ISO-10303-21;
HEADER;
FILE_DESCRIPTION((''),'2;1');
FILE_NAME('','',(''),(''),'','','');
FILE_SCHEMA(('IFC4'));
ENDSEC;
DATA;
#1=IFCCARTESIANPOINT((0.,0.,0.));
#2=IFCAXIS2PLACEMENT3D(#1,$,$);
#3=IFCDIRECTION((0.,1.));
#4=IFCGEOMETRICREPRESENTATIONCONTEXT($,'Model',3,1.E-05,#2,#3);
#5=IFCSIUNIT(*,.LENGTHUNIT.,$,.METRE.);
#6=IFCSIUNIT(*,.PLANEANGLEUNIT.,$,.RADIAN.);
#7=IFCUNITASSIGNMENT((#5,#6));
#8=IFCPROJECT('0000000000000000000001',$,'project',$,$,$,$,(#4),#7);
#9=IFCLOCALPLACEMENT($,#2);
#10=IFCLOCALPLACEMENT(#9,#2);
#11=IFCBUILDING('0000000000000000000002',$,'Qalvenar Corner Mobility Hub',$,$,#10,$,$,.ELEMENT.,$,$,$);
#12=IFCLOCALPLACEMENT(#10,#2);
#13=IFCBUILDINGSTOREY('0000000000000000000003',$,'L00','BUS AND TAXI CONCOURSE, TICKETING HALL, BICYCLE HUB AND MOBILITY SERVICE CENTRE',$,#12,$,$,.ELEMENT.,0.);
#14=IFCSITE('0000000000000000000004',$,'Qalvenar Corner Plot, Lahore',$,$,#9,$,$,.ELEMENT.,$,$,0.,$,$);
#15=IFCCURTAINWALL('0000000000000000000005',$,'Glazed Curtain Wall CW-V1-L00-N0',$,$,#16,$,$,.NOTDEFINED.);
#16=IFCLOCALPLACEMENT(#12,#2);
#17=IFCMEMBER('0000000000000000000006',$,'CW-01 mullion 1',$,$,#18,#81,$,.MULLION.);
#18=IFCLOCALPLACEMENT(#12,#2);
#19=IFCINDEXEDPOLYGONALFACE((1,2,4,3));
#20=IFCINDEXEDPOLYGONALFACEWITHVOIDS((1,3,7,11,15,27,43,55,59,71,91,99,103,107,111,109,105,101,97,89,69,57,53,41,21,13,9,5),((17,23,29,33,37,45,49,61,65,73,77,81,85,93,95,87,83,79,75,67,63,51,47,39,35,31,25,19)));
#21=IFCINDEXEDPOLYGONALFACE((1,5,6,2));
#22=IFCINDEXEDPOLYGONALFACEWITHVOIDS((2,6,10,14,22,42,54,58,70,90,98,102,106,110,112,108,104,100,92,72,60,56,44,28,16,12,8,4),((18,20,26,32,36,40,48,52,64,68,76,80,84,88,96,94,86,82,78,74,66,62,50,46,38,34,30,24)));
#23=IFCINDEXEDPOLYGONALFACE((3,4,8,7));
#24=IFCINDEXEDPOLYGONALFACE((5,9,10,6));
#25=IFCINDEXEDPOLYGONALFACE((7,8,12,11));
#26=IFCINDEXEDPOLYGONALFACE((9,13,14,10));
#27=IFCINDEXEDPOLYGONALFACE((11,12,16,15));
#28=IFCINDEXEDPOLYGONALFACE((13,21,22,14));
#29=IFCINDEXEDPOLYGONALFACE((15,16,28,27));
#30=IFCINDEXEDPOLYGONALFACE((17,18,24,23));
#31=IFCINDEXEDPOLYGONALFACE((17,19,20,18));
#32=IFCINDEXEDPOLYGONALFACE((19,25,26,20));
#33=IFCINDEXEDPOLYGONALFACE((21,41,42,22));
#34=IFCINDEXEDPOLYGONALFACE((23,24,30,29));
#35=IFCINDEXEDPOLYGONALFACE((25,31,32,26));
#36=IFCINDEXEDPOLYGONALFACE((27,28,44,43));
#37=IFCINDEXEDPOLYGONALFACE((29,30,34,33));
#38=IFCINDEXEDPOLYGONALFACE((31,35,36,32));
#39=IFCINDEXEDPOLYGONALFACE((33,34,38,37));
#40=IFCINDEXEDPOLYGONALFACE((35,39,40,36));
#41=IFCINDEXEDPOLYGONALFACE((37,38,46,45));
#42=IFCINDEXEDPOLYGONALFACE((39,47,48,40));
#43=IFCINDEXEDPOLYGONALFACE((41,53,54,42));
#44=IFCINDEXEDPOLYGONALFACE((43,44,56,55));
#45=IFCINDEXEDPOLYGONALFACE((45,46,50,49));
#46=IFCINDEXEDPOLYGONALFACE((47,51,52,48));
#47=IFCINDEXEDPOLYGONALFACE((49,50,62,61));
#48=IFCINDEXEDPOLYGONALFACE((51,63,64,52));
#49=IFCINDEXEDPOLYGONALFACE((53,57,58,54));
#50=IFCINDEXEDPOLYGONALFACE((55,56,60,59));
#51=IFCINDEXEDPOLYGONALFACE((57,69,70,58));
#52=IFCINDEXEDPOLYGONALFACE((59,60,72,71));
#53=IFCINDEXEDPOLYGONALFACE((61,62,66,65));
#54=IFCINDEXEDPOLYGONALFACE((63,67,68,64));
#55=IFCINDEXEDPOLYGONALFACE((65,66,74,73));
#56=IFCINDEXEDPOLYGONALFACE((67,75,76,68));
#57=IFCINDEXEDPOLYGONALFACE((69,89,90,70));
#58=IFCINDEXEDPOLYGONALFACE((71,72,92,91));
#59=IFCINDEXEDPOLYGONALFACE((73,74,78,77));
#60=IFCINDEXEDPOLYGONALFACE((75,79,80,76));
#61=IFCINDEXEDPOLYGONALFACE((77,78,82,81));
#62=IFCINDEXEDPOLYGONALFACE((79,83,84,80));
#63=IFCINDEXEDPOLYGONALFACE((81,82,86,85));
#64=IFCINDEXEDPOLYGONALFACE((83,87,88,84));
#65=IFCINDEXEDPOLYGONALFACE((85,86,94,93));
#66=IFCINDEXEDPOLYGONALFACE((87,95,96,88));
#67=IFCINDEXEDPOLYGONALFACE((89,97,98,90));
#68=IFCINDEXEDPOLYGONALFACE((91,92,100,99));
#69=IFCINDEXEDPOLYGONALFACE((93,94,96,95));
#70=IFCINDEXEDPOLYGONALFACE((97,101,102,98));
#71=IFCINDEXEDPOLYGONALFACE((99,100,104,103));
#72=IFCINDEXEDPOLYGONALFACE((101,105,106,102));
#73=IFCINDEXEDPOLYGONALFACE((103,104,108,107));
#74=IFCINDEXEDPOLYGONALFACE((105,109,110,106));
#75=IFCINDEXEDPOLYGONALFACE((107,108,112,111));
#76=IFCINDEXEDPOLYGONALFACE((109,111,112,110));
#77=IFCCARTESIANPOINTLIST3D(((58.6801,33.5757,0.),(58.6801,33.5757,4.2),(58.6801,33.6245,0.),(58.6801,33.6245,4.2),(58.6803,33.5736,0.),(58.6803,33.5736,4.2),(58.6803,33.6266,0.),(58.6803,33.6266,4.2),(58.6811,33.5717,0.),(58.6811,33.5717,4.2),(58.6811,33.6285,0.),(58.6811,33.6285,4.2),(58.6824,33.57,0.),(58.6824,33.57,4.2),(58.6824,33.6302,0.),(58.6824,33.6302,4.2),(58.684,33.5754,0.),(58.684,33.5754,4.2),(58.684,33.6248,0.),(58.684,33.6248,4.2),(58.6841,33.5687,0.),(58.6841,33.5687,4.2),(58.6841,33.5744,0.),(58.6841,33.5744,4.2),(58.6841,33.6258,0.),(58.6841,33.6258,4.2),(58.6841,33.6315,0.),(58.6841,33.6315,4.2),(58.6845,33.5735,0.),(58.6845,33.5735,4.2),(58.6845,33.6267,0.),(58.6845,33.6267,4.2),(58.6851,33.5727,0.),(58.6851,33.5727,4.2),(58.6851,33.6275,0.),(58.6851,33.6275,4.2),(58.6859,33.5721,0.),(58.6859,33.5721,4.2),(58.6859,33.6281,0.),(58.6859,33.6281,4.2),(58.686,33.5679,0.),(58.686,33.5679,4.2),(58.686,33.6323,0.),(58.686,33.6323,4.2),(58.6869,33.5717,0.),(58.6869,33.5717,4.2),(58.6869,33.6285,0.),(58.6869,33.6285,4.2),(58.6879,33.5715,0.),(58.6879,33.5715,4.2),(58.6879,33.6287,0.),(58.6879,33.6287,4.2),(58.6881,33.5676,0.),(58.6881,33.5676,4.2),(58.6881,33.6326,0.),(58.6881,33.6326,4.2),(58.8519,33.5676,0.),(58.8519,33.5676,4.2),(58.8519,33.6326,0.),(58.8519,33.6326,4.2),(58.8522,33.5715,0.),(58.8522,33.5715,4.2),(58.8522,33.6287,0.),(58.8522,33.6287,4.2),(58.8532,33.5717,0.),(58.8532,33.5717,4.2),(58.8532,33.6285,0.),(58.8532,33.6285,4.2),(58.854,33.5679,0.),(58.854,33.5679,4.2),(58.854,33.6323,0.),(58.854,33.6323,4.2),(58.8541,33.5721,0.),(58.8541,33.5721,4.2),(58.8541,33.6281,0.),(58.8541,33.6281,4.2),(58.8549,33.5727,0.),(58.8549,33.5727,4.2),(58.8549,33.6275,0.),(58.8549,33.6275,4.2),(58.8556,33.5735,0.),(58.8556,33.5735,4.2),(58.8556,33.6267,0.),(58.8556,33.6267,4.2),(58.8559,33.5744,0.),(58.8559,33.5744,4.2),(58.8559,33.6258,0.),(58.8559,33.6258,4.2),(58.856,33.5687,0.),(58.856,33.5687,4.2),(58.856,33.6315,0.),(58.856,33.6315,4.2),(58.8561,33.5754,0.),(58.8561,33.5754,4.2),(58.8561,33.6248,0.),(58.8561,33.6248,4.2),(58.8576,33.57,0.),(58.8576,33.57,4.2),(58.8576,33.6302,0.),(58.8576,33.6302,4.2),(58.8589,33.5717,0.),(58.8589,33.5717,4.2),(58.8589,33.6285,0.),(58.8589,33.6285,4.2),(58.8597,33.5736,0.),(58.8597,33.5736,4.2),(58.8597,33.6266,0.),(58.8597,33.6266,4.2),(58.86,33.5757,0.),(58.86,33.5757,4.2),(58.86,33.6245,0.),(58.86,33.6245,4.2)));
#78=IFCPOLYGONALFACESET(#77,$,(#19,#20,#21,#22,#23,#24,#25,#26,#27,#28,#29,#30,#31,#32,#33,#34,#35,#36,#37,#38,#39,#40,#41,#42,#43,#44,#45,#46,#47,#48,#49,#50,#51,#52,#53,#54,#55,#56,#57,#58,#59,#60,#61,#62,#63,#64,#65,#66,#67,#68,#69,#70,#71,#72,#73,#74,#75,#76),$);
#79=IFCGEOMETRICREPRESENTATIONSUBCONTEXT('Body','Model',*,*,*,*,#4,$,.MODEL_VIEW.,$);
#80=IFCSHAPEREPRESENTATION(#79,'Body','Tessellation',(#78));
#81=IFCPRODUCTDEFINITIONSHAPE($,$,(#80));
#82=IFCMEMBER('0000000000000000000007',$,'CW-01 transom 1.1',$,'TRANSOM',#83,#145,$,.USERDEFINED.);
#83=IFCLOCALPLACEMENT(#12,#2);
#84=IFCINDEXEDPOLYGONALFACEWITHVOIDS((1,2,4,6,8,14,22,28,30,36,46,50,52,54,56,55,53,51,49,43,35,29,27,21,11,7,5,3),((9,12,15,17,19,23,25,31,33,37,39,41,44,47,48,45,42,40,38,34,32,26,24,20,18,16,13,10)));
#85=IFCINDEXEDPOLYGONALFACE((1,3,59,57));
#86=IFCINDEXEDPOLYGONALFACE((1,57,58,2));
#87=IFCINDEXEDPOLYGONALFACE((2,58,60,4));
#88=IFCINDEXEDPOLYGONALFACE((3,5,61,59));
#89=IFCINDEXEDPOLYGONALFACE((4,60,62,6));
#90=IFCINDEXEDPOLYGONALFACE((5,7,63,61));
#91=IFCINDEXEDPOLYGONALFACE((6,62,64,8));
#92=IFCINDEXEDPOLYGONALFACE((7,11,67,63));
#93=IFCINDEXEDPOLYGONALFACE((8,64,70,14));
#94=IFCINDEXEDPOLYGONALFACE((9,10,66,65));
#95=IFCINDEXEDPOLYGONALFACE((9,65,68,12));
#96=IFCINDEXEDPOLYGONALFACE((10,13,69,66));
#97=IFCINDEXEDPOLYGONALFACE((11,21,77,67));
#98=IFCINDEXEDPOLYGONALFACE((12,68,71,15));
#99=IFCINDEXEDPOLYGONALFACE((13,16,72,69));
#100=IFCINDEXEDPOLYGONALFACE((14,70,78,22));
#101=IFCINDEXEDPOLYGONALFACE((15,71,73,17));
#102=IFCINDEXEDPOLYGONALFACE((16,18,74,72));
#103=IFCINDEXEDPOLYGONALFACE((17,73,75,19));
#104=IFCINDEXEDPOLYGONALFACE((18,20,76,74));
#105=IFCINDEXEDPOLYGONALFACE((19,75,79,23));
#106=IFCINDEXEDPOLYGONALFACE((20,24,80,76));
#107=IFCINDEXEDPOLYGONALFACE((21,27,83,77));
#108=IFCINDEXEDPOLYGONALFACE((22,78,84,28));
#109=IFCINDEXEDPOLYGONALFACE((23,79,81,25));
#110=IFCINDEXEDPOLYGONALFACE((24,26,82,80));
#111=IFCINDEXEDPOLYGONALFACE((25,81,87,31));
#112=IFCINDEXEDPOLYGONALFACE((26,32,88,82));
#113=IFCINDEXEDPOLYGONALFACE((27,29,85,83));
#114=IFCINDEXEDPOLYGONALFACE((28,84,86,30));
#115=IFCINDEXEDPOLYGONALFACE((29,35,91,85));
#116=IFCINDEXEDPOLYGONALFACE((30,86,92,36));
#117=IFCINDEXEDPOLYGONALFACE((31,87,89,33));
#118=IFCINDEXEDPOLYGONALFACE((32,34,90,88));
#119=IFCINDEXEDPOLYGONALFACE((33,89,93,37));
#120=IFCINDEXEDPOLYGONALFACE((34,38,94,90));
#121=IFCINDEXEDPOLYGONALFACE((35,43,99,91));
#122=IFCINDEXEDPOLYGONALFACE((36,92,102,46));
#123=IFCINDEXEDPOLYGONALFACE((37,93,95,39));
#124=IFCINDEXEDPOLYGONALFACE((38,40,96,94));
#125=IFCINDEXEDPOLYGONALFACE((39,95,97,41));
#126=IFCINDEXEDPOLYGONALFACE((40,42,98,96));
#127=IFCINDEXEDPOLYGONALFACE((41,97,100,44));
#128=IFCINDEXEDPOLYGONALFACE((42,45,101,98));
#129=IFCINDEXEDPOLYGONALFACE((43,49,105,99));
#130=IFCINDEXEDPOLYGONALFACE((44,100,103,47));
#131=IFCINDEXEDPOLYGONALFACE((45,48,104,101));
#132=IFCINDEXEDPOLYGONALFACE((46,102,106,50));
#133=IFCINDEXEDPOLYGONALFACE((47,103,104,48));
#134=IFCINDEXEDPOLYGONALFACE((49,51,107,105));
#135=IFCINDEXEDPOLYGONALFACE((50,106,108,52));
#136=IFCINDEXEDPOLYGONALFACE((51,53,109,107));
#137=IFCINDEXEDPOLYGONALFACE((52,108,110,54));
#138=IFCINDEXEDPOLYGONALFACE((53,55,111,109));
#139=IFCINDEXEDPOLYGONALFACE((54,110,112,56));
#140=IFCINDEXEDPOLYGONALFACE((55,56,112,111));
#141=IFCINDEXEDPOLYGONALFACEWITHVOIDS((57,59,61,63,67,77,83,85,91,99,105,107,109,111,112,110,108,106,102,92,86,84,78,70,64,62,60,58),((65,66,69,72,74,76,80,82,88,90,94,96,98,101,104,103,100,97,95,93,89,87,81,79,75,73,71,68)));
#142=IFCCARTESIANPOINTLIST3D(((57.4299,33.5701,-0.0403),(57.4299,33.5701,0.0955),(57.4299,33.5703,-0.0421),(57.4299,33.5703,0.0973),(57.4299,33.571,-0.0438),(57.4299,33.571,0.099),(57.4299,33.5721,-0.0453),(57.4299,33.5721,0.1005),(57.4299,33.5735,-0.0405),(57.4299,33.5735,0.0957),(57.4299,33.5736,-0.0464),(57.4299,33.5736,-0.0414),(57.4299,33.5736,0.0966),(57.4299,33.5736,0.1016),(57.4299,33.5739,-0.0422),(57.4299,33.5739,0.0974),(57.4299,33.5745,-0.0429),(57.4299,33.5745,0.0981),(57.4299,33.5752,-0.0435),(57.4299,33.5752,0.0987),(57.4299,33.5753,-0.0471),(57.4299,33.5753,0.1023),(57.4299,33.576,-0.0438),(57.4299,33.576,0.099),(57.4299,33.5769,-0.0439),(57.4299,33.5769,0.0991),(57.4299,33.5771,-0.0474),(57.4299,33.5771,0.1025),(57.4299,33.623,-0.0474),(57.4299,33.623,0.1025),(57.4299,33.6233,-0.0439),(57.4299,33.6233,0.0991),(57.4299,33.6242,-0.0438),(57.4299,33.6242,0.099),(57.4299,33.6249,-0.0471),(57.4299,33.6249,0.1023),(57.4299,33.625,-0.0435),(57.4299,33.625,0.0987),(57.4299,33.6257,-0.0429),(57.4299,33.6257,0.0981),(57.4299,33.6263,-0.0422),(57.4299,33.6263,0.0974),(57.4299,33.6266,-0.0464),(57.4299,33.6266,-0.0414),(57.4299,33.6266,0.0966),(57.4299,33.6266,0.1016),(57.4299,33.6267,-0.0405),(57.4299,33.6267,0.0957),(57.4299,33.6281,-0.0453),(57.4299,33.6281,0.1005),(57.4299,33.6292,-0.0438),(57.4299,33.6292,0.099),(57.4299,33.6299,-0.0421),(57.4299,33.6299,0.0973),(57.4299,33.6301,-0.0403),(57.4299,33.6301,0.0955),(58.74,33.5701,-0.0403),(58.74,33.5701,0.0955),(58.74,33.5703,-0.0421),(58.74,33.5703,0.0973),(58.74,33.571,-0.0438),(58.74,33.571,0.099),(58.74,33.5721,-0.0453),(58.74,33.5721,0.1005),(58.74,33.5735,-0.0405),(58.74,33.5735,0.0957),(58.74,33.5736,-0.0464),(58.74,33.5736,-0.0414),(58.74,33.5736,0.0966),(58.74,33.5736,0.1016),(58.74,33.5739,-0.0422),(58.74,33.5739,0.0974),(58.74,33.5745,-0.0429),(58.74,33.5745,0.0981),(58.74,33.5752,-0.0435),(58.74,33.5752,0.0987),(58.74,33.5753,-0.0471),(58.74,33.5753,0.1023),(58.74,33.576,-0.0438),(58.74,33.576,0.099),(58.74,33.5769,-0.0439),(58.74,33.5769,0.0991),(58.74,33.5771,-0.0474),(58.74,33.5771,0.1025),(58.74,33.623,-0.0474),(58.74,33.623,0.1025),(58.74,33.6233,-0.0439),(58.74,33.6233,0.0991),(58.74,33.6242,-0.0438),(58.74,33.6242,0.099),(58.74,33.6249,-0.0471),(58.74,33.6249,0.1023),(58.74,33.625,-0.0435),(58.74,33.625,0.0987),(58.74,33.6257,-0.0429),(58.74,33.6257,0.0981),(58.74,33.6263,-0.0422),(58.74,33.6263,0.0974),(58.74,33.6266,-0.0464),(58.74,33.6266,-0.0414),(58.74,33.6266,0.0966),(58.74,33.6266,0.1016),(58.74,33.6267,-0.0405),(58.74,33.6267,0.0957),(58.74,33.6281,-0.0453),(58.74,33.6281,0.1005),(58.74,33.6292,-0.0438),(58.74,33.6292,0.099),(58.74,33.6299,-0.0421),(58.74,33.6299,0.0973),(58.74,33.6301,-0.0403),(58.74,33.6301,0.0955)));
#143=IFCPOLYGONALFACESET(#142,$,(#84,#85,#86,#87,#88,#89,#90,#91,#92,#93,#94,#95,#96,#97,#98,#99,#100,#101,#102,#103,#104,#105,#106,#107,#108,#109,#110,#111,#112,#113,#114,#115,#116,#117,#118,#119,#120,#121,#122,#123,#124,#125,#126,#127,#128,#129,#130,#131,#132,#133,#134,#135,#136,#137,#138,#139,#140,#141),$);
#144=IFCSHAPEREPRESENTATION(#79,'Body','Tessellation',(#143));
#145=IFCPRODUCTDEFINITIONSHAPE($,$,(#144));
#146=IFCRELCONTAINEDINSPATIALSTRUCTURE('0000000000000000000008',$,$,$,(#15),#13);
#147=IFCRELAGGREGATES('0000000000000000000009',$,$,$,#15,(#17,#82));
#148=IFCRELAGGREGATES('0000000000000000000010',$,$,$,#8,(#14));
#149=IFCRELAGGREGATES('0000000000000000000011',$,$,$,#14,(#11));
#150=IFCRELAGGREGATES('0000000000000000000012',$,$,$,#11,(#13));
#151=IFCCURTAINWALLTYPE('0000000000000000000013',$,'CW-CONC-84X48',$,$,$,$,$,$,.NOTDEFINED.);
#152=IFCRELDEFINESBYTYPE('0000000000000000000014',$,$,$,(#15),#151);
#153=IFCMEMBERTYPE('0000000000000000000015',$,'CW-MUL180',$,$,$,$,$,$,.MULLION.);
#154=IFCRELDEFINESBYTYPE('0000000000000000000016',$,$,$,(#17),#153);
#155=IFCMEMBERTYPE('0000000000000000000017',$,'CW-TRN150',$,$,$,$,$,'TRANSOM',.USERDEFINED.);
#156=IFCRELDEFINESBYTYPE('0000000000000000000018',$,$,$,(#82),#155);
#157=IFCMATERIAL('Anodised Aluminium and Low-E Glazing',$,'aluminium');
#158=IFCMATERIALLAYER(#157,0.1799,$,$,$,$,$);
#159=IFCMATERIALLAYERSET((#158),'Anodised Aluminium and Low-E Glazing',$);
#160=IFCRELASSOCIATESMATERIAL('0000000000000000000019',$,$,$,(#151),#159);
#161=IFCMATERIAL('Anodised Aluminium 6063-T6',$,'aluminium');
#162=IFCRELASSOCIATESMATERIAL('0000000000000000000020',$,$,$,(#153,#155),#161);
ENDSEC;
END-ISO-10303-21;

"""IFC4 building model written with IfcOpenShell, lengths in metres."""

from ifc_helpers import new_model, si_unit, direction, frame, origin, origin_2d, place, context, subcontext, project, spatial, hollow_rectangle, extrude, material, layer, layer_set, material_profile, profile_set, type_object, element, aggregate, save


model = new_model("IFC4")

# Units and contexts
model_context = context("Model", 3, precision=1e-05, world=origin(), true_north=direction((0.0, 1.0)))
body_context = subcontext(model_context, "Body", "Model", "MODEL_VIEW")
ifc_project = project(units=[si_unit("LENGTHUNIT", "METRE"), si_unit("PLANEANGLEUNIT", "RADIAN")], contexts=[model_context])

# Site, building, storey
site_placement = place(None, origin())
site = spatial("IfcSite", under=ifc_project, at=site_placement, Name="Qalvenar Corner Plot, Lahore", CompositionType="ELEMENT", RefElevation=0.0)
building_placement = place(site_placement, origin())
building = spatial("IfcBuilding", under=site, at=building_placement, Name="Qalvenar Corner Mobility Hub", CompositionType="ELEMENT")
storey_placement = place(building_placement, origin())
storey = spatial("IfcBuildingStorey", under=building, at=storey_placement, Name="L00", Description="BUS AND TAXI CONCOURSE, TICKETING HALL, BICYCLE HUB AND MOBILITY SERVICE CENTRE", CompositionType="ELEMENT", Elevation=0.0)

# Curtain wall, members
ifc_material_1 = material(Name="Anodised Aluminium and Low-E Glazing", Category="aluminium")
ifc_layer_1 = layer(ifc_material_1, 0.1799)
ifc_layer_set_1 = layer_set([ifc_layer_1], Name="Anodised Aluminium and Low-E Glazing")
curtain_wall_type = type_object("IfcCurtainWallType", Name="CW-CONC-84X48", PredefinedType="NOTDEFINED", material=ifc_layer_set_1)
curtain_wall_placement = place(storey_placement, origin())
curtain_wall = element("IfcCurtainWall", 1, at=curtain_wall_placement, inside=storey, type_object=curtain_wall_type, Name="Glazed Curtain Wall CW-V1-L00-N0", PredefinedType="NOTDEFINED")
ifc_material_2 = material(Name="Anodised Aluminium 6063-T6", Category="aluminium")
ifc_material_profile_1 = material_profile(ifc_material_2, hollow_rectangle(XDim=0.0649, YDim=0.1799, WallThickness=0.0039, InnerFilletRadius=0.0039, OuterFilletRadius=0.0081, at=origin_2d()), Name="RHS180x65x4")
ifc_profile_set_1 = profile_set([ifc_material_profile_1], Name="Anodised Aluminium 6063-T6")
member_type_1 = type_object("IfcMemberType", Name="CW-MUL180", PredefinedType="MULLION", material=ifc_profile_set_1)
member_1_placement = place(storey_placement, frame((58.77, 33.6001, 0.0), z_axis=(0.0, 0.0, 1.0), x_axis=(0.0, -1.0, 0.0)))
member_1 = element("IfcMember", 2, at=member_1_placement, type_object=member_type_1, Name="CW-01 mullion 1", PredefinedType="MULLION", context=body_context, shape_type="SweptSolid", body=[
    extrude(hollow_rectangle(XDim=0.0649, YDim=0.1799, WallThickness=0.0039, InnerFilletRadius=0.0039, OuterFilletRadius=0.0081, at=origin_2d()), origin(), (0.0, 0.0, 1.0), 4.2),
])
ifc_material_profile_2 = material_profile(ifc_material_2, hollow_rectangle(XDim=0.0601, YDim=0.1499, WallThickness=0.0034, InnerFilletRadius=0.0034, OuterFilletRadius=0.0071, at=origin_2d()), Name="RHS150x60x3.5")
ifc_profile_set_2 = profile_set([ifc_material_profile_2], Name="Anodised Aluminium 6063-T6")
member_type_2 = type_object("IfcMemberType", Name="CW-TRN150", ElementType="TRANSOM", PredefinedType="USERDEFINED", material=ifc_profile_set_2)
member_2_placement = place(storey_placement, frame((58.74, 33.6001, 0.0276), z_axis=(-1.0, 0.0, 0.0), x_axis=(0.0, -1.0, 0.0)))
member_2 = element("IfcMember", 3, at=member_2_placement, type_object=member_type_2, Name="CW-01 transom 1.1", ObjectType="TRANSOM", PredefinedType="USERDEFINED", context=body_context, shape_type="SweptSolid", body=[
    extrude(hollow_rectangle(XDim=0.0601, YDim=0.1499, WallThickness=0.0034, InnerFilletRadius=0.0034, OuterFilletRadius=0.0071, at=origin_2d()), origin(), (0.0, 0.0, 1.0), 1.3101),
])

aggregate(curtain_wall, [member_1, member_2])

save(model, "model.ifc")
